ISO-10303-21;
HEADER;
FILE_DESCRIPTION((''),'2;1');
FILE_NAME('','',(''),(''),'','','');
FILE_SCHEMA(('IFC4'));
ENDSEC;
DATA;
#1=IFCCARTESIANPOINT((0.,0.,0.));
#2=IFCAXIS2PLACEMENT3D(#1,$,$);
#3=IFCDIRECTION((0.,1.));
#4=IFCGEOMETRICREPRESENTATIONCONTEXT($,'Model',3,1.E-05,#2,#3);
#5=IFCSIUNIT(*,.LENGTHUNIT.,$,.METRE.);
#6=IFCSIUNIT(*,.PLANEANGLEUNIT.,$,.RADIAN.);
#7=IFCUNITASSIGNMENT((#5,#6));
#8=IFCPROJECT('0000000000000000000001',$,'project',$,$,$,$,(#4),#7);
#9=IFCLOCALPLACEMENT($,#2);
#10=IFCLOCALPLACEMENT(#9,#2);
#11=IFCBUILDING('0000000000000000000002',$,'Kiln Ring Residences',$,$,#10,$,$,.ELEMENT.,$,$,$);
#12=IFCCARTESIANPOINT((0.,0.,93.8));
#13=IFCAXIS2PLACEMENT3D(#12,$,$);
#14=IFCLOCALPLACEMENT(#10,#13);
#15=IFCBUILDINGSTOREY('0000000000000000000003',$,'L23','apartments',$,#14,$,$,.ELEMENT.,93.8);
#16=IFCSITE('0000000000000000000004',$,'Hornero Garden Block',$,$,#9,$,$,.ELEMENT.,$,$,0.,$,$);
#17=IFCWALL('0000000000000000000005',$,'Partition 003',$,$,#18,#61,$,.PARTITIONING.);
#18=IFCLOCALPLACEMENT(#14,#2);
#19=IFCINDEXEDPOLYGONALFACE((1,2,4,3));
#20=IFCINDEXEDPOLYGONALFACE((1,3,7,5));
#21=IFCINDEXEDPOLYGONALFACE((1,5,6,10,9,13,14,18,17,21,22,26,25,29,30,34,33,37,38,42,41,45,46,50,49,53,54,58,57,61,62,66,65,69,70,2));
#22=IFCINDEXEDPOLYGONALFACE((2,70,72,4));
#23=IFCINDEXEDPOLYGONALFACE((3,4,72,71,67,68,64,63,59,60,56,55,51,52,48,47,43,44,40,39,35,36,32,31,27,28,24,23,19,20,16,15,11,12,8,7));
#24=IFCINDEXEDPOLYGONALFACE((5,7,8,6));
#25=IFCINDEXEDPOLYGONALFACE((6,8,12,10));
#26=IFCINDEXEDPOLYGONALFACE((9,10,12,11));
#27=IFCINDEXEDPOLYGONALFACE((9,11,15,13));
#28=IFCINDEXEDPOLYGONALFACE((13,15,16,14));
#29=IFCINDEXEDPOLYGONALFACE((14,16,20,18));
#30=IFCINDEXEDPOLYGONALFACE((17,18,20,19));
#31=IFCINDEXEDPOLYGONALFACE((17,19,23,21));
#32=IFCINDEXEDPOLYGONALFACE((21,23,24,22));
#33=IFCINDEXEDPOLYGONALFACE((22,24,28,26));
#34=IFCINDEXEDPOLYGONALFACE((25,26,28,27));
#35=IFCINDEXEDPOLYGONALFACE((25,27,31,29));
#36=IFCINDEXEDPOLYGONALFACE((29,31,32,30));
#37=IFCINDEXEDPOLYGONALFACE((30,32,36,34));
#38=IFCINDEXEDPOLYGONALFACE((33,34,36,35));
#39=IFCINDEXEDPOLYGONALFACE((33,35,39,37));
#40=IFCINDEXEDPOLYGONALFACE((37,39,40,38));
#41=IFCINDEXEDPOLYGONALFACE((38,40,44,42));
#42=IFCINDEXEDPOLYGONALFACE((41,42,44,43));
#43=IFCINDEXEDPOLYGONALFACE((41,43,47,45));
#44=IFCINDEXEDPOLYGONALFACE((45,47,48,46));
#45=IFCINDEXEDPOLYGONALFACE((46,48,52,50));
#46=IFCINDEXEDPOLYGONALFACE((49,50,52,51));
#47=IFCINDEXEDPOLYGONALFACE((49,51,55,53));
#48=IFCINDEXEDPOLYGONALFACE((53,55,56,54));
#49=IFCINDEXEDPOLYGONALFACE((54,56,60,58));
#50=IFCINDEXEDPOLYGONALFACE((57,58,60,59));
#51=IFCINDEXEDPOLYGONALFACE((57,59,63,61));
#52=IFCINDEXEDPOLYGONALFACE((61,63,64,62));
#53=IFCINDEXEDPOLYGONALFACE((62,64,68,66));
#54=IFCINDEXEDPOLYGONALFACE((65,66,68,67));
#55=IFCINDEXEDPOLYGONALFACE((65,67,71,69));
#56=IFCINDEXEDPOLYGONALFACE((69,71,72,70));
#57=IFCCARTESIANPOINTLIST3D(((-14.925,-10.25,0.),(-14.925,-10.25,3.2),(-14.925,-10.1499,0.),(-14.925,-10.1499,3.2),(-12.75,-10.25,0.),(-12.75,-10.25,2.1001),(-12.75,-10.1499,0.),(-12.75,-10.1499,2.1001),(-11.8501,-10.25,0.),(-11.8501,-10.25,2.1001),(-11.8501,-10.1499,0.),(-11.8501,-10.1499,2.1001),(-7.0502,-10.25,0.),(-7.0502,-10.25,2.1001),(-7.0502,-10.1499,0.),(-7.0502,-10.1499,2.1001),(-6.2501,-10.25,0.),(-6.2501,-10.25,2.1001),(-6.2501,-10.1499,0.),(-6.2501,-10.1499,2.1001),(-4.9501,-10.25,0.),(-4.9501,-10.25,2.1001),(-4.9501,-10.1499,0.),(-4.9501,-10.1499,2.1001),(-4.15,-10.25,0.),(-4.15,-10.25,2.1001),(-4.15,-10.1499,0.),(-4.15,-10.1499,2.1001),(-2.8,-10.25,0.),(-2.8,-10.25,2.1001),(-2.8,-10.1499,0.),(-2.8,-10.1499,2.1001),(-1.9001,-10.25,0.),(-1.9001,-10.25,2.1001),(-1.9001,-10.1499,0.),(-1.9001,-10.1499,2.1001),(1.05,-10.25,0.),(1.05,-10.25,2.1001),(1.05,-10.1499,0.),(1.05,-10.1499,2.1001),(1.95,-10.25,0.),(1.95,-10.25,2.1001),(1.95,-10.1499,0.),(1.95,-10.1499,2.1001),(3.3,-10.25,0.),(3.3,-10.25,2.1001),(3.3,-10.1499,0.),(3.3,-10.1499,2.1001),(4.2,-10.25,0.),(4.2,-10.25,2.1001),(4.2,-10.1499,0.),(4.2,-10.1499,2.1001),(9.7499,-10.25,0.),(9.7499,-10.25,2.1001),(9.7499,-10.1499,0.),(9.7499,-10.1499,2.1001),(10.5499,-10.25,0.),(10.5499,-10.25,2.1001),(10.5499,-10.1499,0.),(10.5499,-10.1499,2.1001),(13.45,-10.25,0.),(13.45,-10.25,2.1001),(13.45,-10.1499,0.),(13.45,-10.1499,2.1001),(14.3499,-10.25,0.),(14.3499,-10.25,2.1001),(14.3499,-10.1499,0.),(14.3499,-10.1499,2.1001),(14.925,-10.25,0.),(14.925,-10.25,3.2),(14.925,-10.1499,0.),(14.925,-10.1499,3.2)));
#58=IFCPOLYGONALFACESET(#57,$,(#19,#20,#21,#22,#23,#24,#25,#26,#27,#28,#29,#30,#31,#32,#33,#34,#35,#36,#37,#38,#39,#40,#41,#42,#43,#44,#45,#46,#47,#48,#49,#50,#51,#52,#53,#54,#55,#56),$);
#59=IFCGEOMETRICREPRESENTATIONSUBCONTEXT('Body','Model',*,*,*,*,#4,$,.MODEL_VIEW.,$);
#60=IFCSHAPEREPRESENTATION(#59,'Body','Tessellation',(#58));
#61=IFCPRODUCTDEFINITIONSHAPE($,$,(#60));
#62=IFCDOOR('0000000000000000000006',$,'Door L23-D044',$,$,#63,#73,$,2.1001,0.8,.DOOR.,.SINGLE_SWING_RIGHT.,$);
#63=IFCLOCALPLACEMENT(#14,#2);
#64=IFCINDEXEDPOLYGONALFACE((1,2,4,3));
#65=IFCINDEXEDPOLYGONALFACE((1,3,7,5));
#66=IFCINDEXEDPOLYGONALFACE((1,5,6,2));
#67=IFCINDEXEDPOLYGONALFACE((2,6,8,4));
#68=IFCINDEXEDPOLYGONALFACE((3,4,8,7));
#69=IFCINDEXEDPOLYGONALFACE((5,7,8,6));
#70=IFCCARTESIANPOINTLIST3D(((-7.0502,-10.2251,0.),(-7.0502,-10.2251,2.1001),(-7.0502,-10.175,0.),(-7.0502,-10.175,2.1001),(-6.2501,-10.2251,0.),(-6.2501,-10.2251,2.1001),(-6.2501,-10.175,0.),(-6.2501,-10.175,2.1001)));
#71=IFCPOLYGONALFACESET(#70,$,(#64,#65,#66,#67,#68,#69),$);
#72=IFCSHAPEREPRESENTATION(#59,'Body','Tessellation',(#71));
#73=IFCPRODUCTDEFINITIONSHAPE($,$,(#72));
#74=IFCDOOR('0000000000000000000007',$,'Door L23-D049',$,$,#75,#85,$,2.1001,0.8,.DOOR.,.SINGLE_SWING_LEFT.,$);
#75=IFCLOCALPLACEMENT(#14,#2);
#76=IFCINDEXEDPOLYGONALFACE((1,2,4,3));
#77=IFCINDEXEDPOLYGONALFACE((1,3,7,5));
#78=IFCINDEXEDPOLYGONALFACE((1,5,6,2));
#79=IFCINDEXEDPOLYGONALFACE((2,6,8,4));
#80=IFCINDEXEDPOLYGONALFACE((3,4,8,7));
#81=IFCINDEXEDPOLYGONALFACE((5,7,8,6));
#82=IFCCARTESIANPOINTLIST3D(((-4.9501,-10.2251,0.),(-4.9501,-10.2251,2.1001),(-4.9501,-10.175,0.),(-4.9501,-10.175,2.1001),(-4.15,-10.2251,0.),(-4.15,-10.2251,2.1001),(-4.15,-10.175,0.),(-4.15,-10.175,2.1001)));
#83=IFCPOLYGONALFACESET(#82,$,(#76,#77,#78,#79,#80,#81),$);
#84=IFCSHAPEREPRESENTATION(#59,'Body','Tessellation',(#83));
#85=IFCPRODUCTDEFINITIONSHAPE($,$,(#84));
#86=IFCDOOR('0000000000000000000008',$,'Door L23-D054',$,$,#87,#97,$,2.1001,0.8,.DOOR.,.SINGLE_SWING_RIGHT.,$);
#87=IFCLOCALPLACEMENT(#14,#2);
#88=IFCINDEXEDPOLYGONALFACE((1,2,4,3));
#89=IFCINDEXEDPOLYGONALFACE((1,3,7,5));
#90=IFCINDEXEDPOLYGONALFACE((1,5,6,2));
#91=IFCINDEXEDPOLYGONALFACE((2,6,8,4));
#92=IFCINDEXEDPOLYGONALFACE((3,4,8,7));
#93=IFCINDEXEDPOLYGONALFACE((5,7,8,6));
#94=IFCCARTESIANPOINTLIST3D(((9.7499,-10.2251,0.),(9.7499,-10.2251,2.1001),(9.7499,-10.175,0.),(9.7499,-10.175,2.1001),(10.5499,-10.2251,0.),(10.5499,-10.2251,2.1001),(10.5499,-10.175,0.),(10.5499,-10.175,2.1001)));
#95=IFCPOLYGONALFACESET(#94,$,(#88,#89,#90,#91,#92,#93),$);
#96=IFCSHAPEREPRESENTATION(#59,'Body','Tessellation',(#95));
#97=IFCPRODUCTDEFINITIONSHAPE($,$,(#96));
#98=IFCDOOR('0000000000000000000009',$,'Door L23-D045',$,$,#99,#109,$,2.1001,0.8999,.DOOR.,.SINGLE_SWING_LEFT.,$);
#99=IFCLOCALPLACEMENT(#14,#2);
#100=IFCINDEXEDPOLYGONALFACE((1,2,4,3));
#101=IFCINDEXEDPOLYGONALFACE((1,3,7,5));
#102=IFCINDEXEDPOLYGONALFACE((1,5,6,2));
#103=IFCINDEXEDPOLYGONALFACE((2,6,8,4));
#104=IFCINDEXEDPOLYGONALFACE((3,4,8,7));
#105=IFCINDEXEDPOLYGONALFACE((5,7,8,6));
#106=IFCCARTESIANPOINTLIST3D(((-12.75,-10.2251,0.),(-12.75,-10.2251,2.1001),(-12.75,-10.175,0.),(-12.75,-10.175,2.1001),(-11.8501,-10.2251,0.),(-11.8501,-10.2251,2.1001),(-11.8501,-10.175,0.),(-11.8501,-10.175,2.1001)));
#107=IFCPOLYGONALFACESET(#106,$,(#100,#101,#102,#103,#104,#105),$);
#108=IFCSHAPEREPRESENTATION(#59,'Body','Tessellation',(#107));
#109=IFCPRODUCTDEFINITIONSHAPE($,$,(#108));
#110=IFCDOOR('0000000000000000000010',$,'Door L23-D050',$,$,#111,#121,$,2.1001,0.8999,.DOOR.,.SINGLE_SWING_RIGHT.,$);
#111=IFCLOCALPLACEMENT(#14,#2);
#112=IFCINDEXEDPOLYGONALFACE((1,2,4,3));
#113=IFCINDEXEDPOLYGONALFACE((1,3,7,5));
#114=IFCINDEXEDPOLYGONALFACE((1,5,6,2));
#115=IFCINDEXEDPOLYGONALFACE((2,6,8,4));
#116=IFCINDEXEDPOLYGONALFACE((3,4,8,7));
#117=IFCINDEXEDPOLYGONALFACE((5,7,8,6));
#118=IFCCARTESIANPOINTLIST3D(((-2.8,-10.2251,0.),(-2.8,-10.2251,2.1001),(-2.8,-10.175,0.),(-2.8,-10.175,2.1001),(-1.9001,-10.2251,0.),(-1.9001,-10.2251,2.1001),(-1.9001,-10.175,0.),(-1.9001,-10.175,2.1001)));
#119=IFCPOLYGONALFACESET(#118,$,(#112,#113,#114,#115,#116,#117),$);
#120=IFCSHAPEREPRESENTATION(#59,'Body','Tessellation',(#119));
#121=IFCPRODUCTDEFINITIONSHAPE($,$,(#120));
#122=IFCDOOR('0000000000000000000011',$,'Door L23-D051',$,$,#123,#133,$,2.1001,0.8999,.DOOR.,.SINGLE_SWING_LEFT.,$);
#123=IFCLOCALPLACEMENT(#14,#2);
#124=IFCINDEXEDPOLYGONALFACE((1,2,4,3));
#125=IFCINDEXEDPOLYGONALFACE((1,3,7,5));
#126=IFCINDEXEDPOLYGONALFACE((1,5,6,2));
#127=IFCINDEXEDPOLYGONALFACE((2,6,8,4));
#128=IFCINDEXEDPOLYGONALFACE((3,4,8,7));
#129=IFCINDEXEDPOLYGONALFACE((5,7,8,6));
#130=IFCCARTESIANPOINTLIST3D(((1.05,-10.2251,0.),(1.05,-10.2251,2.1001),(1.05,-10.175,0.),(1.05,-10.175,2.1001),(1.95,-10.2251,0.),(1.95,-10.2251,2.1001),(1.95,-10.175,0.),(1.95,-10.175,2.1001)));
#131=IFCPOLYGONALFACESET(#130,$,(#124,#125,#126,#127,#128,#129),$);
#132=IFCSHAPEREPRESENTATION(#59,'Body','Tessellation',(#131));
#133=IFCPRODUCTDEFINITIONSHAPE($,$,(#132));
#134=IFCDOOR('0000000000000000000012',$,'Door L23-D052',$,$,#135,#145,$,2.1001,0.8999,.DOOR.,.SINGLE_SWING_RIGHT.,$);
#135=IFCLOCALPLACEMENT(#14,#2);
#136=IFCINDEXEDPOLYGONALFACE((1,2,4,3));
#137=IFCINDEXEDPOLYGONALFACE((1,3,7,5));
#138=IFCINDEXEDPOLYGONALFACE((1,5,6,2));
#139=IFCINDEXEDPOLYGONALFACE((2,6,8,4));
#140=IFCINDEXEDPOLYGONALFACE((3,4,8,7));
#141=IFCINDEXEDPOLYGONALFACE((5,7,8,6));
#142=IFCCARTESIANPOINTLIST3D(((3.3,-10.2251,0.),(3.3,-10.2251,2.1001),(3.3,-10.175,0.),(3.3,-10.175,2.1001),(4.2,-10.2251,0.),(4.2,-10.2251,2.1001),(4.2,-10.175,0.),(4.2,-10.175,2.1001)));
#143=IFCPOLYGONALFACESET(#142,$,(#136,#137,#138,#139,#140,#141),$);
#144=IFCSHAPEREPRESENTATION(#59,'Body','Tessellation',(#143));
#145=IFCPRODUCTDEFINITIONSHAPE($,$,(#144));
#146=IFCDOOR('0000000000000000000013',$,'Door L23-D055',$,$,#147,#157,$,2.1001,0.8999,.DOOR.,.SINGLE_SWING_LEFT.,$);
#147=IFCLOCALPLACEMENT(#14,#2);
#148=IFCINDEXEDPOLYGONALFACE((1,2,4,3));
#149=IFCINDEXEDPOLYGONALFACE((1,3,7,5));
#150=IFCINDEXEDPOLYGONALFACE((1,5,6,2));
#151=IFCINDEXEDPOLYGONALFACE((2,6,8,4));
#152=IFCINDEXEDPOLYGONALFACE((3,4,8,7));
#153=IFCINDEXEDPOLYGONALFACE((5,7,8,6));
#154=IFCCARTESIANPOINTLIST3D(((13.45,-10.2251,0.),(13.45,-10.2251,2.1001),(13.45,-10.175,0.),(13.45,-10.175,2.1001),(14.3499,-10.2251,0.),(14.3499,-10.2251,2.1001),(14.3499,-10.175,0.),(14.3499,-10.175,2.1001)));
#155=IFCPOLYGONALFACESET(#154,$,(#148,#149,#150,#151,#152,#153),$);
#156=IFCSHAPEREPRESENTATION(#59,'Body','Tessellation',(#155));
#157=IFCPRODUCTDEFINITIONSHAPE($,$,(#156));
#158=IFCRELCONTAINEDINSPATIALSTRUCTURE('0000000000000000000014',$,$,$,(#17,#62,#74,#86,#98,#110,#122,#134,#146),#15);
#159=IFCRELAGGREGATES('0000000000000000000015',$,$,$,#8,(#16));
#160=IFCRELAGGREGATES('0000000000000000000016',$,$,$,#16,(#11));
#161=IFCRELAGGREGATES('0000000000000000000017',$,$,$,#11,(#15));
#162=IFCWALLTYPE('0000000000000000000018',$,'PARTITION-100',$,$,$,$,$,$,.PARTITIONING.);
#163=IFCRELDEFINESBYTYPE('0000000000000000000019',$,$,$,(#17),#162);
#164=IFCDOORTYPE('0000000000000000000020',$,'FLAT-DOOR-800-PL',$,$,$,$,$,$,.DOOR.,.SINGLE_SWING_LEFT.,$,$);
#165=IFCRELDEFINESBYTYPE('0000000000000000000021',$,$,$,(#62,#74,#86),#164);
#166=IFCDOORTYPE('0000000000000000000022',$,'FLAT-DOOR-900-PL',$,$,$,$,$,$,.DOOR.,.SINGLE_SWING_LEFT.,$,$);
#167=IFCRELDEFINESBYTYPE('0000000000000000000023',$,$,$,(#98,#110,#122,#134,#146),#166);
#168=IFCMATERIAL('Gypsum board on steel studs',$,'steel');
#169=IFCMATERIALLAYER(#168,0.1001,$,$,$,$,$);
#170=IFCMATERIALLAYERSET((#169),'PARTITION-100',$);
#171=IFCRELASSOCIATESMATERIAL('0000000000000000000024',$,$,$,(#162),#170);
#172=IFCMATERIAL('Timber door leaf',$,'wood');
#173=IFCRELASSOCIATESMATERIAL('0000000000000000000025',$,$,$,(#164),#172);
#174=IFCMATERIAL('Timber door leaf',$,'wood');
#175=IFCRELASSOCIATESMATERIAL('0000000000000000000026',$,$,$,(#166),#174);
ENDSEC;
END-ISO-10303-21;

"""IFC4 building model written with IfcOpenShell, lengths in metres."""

from ifc_helpers import new_model, si_unit, direction, frame, frame_2d, origin, place, context, subcontext, project, spatial, rectangle, extrude, material, layer, layer_set, type_object, element, fill, save


model = new_model("IFC4")

# Units and contexts
model_context = context("Model", 3, precision=1e-05, world=origin(), true_north=direction((0.0, 1.0)))
body_context = subcontext(model_context, "Body", "Model", "MODEL_VIEW")
ifc_project = project(units=[si_unit("LENGTHUNIT", "METRE"), si_unit("PLANEANGLEUNIT", "RADIAN")], contexts=[model_context])

# Site, building, storey
site_placement = place(None, origin())
site = spatial("IfcSite", under=ifc_project, at=site_placement, Name="Hornero Garden Block", CompositionType="ELEMENT", RefElevation=0.0)
building_placement = place(site_placement, origin())
building = spatial("IfcBuilding", under=site, at=building_placement, Name="Kiln Ring Residences", CompositionType="ELEMENT")
storey_placement = place(building_placement, frame((0.0, 0.0, 93.8)))
storey = spatial("IfcBuildingStorey", under=building, at=storey_placement, Name="L23", Description="apartments", CompositionType="ELEMENT", Elevation=93.8)

# Wall, openings, doors
ifc_material_1 = material(Name="Gypsum board on steel studs", Category="steel")
ifc_layer_1 = layer(ifc_material_1, 0.1001)
ifc_layer_set_1 = layer_set([ifc_layer_1], Name="PARTITION-100")
wall_type_1 = type_object("IfcWallType", Name="PARTITION-100", PredefinedType="PARTITIONING", material=ifc_layer_set_1)
wall_1_placement = place(storey_placement, frame((-14.925, -10.2, 0.0), z_axis=(0.0, 0.0, 1.0), x_axis=(1.0, 0.0, 0.0)))
wall_1 = element("IfcWall", 1, at=wall_1_placement, inside=storey, type_object=wall_type_1, Name="Partition 003", PredefinedType="PARTITIONING", context=body_context, shape_type="SweptSolid", body=[
    extrude(rectangle(XDim=29.8501, YDim=0.1001, at=frame_2d((14.925, 0.0))), origin(), (0.0, 0.0, 1.0), 3.2),
])
opening_1_placement = place(wall_1_placement, frame((7.875, 0.0, 0.0)))
opening_1 = element("IfcOpeningElement", 2, at=opening_1_placement, cuts=wall_1, PredefinedType="OPENING", context=body_context, shape_type="SweptSolid", body=[
    extrude(rectangle(XDim=0.8, YDim=2.1001, at=frame_2d((0.3999, 1.05))), frame((0.0, 0.0601, 0.0), z_axis=(0.0, -1.0, 0.0), x_axis=(1.0, 0.0, 0.0)), (0.0, 0.0, 1.0), 0.1201),
])
opening_2_placement = place(wall_1_placement, frame((2.175, 0.0, 0.0)))
opening_2 = element("IfcOpeningElement", 3, at=opening_2_placement, cuts=wall_1, PredefinedType="OPENING", context=body_context, shape_type="SweptSolid", body=[
    extrude(rectangle(XDim=0.8999, YDim=2.1001, at=frame_2d((0.45, 1.05))), frame((0.0, 0.0601, 0.0), z_axis=(0.0, -1.0, 0.0), x_axis=(1.0, 0.0, 0.0)), (0.0, 0.0, 1.0), 0.1201),
])
opening_3_placement = place(wall_1_placement, frame((9.9751, 0.0, 0.0)))
opening_3 = element("IfcOpeningElement", 4, at=opening_3_placement, cuts=wall_1, PredefinedType="OPENING", context=body_context, shape_type="SweptSolid", body=[
    extrude(rectangle(XDim=0.8, YDim=2.1001, at=frame_2d((0.3999, 1.05))), frame((0.0, 0.0601, 0.0), z_axis=(0.0, -1.0, 0.0), x_axis=(1.0, 0.0, 0.0)), (0.0, 0.0, 1.0), 0.1201),
])
opening_4_placement = place(wall_1_placement, frame((12.125, 0.0, 0.0)))
opening_4 = element("IfcOpeningElement", 5, at=opening_4_placement, cuts=wall_1, PredefinedType="OPENING", context=body_context, shape_type="SweptSolid", body=[
    extrude(rectangle(XDim=0.8999, YDim=2.1001, at=frame_2d((0.45, 1.05))), frame((0.0, 0.0601, 0.0), z_axis=(0.0, -1.0, 0.0), x_axis=(1.0, 0.0, 0.0)), (0.0, 0.0, 1.0), 0.1201),
])
opening_5_placement = place(wall_1_placement, frame((15.9751, 0.0, 0.0)))
opening_5 = element("IfcOpeningElement", 6, at=opening_5_placement, cuts=wall_1, PredefinedType="OPENING", context=body_context, shape_type="SweptSolid", body=[
    extrude(rectangle(XDim=0.8999, YDim=2.1001, at=frame_2d((0.45, 1.05))), frame((0.0, 0.0601, 0.0), z_axis=(0.0, -1.0, 0.0), x_axis=(1.0, 0.0, 0.0)), (0.0, 0.0, 1.0), 0.1201),
])
opening_6_placement = place(wall_1_placement, frame((18.2251, 0.0, 0.0)))
opening_6 = element("IfcOpeningElement", 7, at=opening_6_placement, cuts=wall_1, PredefinedType="OPENING", context=body_context, shape_type="SweptSolid", body=[
    extrude(rectangle(XDim=0.8999, YDim=2.1001, at=frame_2d((0.45, 1.05))), frame((0.0, 0.0601, 0.0), z_axis=(0.0, -1.0, 0.0), x_axis=(1.0, 0.0, 0.0)), (0.0, 0.0, 1.0), 0.1201),
])
opening_7_placement = place(wall_1_placement, frame((24.675, 0.0, 0.0)))
opening_7 = element("IfcOpeningElement", 8, at=opening_7_placement, cuts=wall_1, PredefinedType="OPENING", context=body_context, shape_type="SweptSolid", body=[
    extrude(rectangle(XDim=0.8, YDim=2.1001, at=frame_2d((0.3999, 1.05))), frame((0.0, 0.0601, 0.0), z_axis=(0.0, -1.0, 0.0), x_axis=(1.0, 0.0, 0.0)), (0.0, 0.0, 1.0), 0.1201),
])
opening_8_placement = place(wall_1_placement, frame((28.375, 0.0, 0.0)))
opening_8 = element("IfcOpeningElement", 9, at=opening_8_placement, cuts=wall_1, PredefinedType="OPENING", context=body_context, shape_type="SweptSolid", body=[
    extrude(rectangle(XDim=0.8999, YDim=2.1001, at=frame_2d((0.45, 1.05))), frame((0.0, 0.0601, 0.0), z_axis=(0.0, -1.0, 0.0), x_axis=(1.0, 0.0, 0.0)), (0.0, 0.0, 1.0), 0.1201),
])
ifc_material_2 = material(Name="Timber door leaf", Category="wood")
door_type_1 = type_object("IfcDoorType", Name="FLAT-DOOR-800-PL", OperationType="SINGLE_SWING_LEFT", PredefinedType="DOOR", material=ifc_material_2)
door_1_placement = place(opening_1_placement, origin())
door_1 = element("IfcDoor", 10, at=door_1_placement, inside=storey, type_object=door_type_1, Name="Door L23-D044", OperationType="SINGLE_SWING_RIGHT", OverallHeight=2.1001, OverallWidth=0.8, PredefinedType="DOOR", context=body_context, shape_type="SweptSolid", body=[
    extrude(rectangle(XDim=0.8, YDim=2.1001, at=frame_2d((0.3999, 1.05))), frame((0.0, 0.0249, 0.0), z_axis=(0.0, -1.0, 0.0), x_axis=(1.0, 0.0, 0.0)), (0.0, 0.0, 1.0), 0.05),
])
fill(opening_1, door_1)
door_2_placement = place(opening_3_placement, origin())
door_2 = element("IfcDoor", 11, at=door_2_placement, inside=storey, type_object=door_type_1, Name="Door L23-D049", OperationType="SINGLE_SWING_LEFT", OverallHeight=2.1001, OverallWidth=0.8, PredefinedType="DOOR", context=body_context, shape_type="SweptSolid", body=[
    extrude(rectangle(XDim=0.8, YDim=2.1001, at=frame_2d((0.3999, 1.05))), frame((0.0, 0.0249, 0.0), z_axis=(0.0, -1.0, 0.0), x_axis=(1.0, 0.0, 0.0)), (0.0, 0.0, 1.0), 0.05),
])
fill(opening_3, door_2)
door_3_placement = place(opening_7_placement, origin())
door_3 = element("IfcDoor", 12, at=door_3_placement, inside=storey, type_object=door_type_1, Name="Door L23-D054", OperationType="SINGLE_SWING_RIGHT", OverallHeight=2.1001, OverallWidth=0.8, PredefinedType="DOOR", context=body_context, shape_type="SweptSolid", body=[
    extrude(rectangle(XDim=0.8, YDim=2.1001, at=frame_2d((0.3999, 1.05))), frame((0.0, 0.0249, 0.0), z_axis=(0.0, -1.0, 0.0), x_axis=(1.0, 0.0, 0.0)), (0.0, 0.0, 1.0), 0.05),
])
fill(opening_7, door_3)
ifc_material_3 = material(Name="Timber door leaf", Category="wood")
door_type_2 = type_object("IfcDoorType", Name="FLAT-DOOR-900-PL", OperationType="SINGLE_SWING_LEFT", PredefinedType="DOOR", material=ifc_material_3)
door_4_placement = place(opening_2_placement, origin())
door_4 = element("IfcDoor", 13, at=door_4_placement, inside=storey, type_object=door_type_2, Name="Door L23-D045", OperationType="SINGLE_SWING_LEFT", OverallHeight=2.1001, OverallWidth=0.8999, PredefinedType="DOOR", context=body_context, shape_type="SweptSolid", body=[
    extrude(rectangle(XDim=0.8999, YDim=2.1001, at=frame_2d((0.45, 1.05))), frame((0.0, 0.0249, 0.0), z_axis=(0.0, -1.0, 0.0), x_axis=(1.0, 0.0, 0.0)), (0.0, 0.0, 1.0), 0.05),
])
fill(opening_2, door_4)
door_5_placement = place(opening_4_placement, origin())
door_5 = element("IfcDoor", 14, at=door_5_placement, inside=storey, type_object=door_type_2, Name="Door L23-D050", OperationType="SINGLE_SWING_RIGHT", OverallHeight=2.1001, OverallWidth=0.8999, PredefinedType="DOOR", context=body_context, shape_type="SweptSolid", body=[
    extrude(rectangle(XDim=0.8999, YDim=2.1001, at=frame_2d((0.45, 1.05))), frame((0.0, 0.0249, 0.0), z_axis=(0.0, -1.0, 0.0), x_axis=(1.0, 0.0, 0.0)), (0.0, 0.0, 1.0), 0.05),
])
fill(opening_4, door_5)
door_6_placement = place(opening_5_placement, origin())
door_6 = element("IfcDoor", 15, at=door_6_placement, inside=storey, type_object=door_type_2, Name="Door L23-D051", OperationType="SINGLE_SWING_LEFT", OverallHeight=2.1001, OverallWidth=0.8999, PredefinedType="DOOR", context=body_context, shape_type="SweptSolid", body=[
    extrude(rectangle(XDim=0.8999, YDim=2.1001, at=frame_2d((0.45, 1.05))), frame((0.0, 0.0249, 0.0), z_axis=(0.0, -1.0, 0.0), x_axis=(1.0, 0.0, 0.0)), (0.0, 0.0, 1.0), 0.05),
])
fill(opening_5, door_6)
door_7_placement = place(opening_6_placement, origin())
door_7 = element("IfcDoor", 16, at=door_7_placement, inside=storey, type_object=door_type_2, Name="Door L23-D052", OperationType="SINGLE_SWING_RIGHT", OverallHeight=2.1001, OverallWidth=0.8999, PredefinedType="DOOR", context=body_context, shape_type="SweptSolid", body=[
    extrude(rectangle(XDim=0.8999, YDim=2.1001, at=frame_2d((0.45, 1.05))), frame((0.0, 0.0249, 0.0), z_axis=(0.0, -1.0, 0.0), x_axis=(1.0, 0.0, 0.0)), (0.0, 0.0, 1.0), 0.05),
])
fill(opening_6, door_7)
door_8_placement = place(opening_8_placement, origin())
door_8 = element("IfcDoor", 17, at=door_8_placement, inside=storey, type_object=door_type_2, Name="Door L23-D055", OperationType="SINGLE_SWING_LEFT", OverallHeight=2.1001, OverallWidth=0.8999, PredefinedType="DOOR", context=body_context, shape_type="SweptSolid", body=[
    extrude(rectangle(XDim=0.8999, YDim=2.1001, at=frame_2d((0.45, 1.05))), frame((0.0, 0.0249, 0.0), z_axis=(0.0, -1.0, 0.0), x_axis=(1.0, 0.0, 0.0)), (0.0, 0.0, 1.0), 0.05),
])
fill(opening_8, door_8)

save(model, "model.ifc")
